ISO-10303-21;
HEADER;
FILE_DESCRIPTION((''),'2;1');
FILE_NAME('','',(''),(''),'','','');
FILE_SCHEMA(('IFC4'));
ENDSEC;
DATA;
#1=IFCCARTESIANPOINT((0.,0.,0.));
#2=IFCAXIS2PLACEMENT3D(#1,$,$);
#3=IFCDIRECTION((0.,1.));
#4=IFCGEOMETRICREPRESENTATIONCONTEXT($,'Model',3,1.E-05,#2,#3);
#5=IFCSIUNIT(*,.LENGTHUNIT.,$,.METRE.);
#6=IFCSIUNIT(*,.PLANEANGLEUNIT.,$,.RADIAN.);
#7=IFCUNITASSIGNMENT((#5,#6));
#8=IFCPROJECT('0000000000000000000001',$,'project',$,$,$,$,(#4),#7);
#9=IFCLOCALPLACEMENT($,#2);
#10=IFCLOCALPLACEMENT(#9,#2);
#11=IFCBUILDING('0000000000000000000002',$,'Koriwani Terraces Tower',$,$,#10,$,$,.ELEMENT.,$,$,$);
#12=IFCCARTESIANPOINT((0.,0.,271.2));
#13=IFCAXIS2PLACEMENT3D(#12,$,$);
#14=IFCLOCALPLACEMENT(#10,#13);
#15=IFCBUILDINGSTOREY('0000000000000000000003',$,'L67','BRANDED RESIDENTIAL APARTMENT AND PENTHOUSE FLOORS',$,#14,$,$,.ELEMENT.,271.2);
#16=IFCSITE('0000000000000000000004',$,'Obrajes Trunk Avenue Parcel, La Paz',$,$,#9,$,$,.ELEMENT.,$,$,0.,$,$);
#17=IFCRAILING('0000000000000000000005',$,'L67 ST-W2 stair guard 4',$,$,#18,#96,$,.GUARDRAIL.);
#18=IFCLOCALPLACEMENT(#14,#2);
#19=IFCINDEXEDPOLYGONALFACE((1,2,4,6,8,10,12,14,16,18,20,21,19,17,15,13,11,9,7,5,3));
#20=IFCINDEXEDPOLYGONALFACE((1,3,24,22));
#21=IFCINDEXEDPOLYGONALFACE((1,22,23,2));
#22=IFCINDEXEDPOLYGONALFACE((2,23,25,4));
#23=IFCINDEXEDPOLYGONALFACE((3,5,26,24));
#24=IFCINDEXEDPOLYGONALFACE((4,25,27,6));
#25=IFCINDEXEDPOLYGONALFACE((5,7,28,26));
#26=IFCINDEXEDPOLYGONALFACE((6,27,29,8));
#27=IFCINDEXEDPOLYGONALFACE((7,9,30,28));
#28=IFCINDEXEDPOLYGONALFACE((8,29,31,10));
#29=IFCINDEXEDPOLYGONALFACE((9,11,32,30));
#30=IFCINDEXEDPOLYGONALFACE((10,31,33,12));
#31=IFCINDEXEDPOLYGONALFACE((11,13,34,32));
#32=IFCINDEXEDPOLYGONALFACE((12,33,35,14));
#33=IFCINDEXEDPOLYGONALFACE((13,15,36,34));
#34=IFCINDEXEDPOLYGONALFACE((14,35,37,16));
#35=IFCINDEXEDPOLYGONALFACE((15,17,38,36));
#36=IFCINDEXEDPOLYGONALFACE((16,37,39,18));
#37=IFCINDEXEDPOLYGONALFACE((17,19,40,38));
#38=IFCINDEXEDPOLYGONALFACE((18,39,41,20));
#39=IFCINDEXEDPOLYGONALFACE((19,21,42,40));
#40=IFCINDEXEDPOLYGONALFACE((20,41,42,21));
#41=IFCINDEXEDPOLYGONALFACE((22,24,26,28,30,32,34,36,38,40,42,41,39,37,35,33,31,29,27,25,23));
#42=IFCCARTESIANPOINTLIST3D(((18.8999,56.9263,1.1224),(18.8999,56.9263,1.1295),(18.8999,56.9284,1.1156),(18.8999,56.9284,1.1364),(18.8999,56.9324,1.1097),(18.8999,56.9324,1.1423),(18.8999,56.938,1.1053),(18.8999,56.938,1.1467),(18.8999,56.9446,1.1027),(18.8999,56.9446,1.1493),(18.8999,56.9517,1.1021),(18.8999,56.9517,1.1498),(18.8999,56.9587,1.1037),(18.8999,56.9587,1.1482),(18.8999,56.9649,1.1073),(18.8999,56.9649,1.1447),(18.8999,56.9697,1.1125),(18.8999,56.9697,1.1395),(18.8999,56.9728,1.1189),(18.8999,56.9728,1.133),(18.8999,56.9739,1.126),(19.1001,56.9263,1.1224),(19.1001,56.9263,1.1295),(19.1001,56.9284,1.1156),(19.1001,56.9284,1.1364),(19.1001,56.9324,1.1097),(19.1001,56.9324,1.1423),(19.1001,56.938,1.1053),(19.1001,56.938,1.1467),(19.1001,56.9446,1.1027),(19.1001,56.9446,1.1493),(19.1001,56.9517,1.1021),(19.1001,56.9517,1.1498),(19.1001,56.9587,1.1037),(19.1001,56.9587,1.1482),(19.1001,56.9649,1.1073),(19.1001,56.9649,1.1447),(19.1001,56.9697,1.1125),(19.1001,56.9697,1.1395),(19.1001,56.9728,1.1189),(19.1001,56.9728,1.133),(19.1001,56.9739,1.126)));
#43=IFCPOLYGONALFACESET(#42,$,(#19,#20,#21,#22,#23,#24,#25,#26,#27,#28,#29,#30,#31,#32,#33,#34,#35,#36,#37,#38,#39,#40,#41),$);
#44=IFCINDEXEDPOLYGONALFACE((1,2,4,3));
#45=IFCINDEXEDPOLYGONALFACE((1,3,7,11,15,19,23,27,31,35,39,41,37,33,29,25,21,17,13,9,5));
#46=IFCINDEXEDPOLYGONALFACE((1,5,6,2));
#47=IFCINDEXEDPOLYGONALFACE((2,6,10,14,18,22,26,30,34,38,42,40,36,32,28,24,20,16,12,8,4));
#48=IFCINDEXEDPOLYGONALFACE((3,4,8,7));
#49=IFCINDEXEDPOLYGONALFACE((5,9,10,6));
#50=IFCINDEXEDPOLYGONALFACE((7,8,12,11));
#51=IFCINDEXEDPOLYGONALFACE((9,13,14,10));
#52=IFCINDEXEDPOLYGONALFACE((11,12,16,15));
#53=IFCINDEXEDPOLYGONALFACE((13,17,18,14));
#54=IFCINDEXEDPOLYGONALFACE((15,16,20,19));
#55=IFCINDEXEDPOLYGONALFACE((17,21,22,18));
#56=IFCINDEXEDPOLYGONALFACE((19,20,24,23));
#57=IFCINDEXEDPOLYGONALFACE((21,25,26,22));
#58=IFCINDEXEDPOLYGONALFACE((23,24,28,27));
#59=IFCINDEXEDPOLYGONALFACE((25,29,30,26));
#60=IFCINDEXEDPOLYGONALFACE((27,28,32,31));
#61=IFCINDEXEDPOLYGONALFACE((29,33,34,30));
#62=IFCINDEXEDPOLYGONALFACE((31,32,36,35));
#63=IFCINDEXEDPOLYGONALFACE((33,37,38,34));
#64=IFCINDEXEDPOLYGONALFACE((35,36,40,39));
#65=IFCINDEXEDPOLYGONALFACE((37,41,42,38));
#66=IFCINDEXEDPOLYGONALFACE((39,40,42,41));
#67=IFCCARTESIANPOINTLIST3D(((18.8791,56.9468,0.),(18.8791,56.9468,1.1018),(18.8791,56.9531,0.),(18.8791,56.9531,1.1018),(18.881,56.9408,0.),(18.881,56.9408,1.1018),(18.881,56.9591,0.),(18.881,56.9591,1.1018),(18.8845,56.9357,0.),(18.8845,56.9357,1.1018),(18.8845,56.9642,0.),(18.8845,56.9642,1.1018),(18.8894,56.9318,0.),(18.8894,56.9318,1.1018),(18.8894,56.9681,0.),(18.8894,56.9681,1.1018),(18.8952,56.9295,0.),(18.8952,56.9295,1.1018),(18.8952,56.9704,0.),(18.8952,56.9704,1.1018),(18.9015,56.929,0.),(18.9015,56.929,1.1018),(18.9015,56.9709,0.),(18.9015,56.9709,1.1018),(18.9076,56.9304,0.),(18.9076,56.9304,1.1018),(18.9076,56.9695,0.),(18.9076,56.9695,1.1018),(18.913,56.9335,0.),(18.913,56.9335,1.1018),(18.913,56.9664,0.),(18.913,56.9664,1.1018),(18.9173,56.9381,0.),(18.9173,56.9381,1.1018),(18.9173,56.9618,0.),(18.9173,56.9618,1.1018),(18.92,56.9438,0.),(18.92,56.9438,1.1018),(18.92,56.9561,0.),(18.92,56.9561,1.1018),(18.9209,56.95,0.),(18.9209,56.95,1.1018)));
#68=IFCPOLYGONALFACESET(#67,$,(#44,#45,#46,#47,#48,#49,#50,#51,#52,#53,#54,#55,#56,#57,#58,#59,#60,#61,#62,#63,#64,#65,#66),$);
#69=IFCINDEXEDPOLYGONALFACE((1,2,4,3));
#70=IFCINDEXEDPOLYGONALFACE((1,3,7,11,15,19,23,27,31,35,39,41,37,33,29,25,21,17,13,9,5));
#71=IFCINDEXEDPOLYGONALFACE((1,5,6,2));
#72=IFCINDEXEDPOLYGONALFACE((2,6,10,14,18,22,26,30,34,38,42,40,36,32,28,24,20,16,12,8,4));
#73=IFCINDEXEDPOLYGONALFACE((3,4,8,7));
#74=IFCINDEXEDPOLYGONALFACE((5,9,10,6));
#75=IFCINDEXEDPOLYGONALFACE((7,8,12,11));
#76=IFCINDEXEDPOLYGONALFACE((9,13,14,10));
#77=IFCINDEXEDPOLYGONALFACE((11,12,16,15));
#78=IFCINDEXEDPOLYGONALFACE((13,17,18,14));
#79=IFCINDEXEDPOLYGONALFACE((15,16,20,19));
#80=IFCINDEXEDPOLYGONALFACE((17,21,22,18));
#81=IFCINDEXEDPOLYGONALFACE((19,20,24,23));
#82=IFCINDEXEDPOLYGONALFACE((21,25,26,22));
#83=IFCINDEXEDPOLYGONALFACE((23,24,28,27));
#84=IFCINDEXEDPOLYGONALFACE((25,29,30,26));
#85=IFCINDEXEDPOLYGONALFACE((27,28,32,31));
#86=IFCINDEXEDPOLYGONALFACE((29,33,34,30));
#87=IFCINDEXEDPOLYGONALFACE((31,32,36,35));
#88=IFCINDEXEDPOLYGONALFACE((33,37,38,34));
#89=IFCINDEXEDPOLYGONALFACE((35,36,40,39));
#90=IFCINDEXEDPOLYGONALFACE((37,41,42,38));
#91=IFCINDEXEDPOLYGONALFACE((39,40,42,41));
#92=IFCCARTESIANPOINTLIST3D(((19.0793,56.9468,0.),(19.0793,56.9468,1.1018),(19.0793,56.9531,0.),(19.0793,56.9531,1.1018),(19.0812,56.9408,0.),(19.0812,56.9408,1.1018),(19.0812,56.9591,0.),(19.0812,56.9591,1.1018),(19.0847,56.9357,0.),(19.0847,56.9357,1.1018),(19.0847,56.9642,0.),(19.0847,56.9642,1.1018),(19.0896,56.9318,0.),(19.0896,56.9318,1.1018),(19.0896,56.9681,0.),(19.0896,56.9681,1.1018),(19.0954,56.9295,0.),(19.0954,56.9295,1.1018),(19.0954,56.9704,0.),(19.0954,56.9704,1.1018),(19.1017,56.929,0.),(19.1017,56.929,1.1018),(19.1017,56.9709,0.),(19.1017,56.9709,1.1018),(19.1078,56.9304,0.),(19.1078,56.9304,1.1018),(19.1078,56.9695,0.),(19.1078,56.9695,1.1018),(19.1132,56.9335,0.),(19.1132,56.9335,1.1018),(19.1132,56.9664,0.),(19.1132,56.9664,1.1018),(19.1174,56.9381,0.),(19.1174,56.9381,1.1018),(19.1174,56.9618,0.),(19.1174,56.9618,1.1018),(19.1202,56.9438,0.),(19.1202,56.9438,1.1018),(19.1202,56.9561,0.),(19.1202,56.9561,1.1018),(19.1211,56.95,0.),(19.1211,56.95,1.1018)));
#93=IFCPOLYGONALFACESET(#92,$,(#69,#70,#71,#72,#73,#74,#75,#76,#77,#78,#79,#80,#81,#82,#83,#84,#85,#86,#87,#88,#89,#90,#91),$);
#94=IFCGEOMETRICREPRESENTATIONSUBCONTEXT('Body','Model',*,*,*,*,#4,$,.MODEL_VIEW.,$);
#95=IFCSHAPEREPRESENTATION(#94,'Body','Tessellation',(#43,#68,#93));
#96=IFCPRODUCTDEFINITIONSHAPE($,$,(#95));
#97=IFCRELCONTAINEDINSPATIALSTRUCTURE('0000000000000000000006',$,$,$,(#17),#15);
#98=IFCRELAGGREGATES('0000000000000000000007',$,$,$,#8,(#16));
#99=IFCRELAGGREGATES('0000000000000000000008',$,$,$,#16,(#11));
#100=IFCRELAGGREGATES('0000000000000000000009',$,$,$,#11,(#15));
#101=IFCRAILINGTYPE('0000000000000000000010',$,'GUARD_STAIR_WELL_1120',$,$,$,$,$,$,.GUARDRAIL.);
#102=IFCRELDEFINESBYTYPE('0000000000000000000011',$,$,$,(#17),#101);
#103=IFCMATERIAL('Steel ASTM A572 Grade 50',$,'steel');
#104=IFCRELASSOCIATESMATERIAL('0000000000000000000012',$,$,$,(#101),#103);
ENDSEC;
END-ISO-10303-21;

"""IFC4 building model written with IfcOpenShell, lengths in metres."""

from ifc_helpers import new_model, si_unit, direction, frame, origin, origin_2d, place, context, subcontext, project, spatial, circle, extrude, material, type_object, element, save


model = new_model("IFC4")

# Units and contexts
model_context = context("Model", 3, precision=1e-05, world=origin(), true_north=direction((0.0, 1.0)))
body_context = subcontext(model_context, "Body", "Model", "MODEL_VIEW")
ifc_project = project(units=[si_unit("LENGTHUNIT", "METRE"), si_unit("PLANEANGLEUNIT", "RADIAN")], contexts=[model_context])

# Site, building, storey
site_placement = place(None, origin())
site = spatial("IfcSite", under=ifc_project, at=site_placement, Name="Obrajes Trunk Avenue Parcel, La Paz", CompositionType="ELEMENT", RefElevation=0.0)
building_placement = place(site_placement, origin())
building = spatial("IfcBuilding", under=site, at=building_placement, Name="Koriwani Terraces Tower", CompositionType="ELEMENT")
storey_placement = place(building_placement, frame((0.0, 0.0, 271.2)))
storey = spatial("IfcBuildingStorey", under=building, at=storey_placement, Name="L67", Description="BRANDED RESIDENTIAL APARTMENT AND PENTHOUSE FLOORS", CompositionType="ELEMENT", Elevation=271.2)

# Shared definitions
ifc_material_1 = material(Name="Steel ASTM A572 Grade 50", Category="steel")

# Railing
railing_type_1 = type_object("IfcRailingType", Name="GUARD_STAIR_WELL_1120", PredefinedType="GUARDRAIL", material=ifc_material_1)
railing_1_placement = place(storey_placement, frame((18.8999, 56.95, 0.0)))
element("IfcRailing", 1, at=railing_1_placement, inside=storey, type_object=railing_type_1, Name="L67 ST-W2 stair guard 4", PredefinedType="GUARDRAIL", context=body_context, shape_type="SweptSolid", body=[
    extrude(circle(Radius=0.0239, at=origin_2d()), frame((0.0, 0.0, 1.126), z_axis=(1.0, 0.0, 0.0), x_axis=(0.0, 1.0, 0.0)), (0.0, 0.0, 1.0), 0.2002),
    extrude(circle(Radius=0.021, at=origin_2d()), origin(), (0.0, 0.0, 1.0), 1.1018),
    extrude(circle(Radius=0.021, at=origin_2d()), frame((0.2002, 0.0, 0.0)), (0.0, 0.0, 1.0), 1.1018),
])

save(model, "model.ifc")
